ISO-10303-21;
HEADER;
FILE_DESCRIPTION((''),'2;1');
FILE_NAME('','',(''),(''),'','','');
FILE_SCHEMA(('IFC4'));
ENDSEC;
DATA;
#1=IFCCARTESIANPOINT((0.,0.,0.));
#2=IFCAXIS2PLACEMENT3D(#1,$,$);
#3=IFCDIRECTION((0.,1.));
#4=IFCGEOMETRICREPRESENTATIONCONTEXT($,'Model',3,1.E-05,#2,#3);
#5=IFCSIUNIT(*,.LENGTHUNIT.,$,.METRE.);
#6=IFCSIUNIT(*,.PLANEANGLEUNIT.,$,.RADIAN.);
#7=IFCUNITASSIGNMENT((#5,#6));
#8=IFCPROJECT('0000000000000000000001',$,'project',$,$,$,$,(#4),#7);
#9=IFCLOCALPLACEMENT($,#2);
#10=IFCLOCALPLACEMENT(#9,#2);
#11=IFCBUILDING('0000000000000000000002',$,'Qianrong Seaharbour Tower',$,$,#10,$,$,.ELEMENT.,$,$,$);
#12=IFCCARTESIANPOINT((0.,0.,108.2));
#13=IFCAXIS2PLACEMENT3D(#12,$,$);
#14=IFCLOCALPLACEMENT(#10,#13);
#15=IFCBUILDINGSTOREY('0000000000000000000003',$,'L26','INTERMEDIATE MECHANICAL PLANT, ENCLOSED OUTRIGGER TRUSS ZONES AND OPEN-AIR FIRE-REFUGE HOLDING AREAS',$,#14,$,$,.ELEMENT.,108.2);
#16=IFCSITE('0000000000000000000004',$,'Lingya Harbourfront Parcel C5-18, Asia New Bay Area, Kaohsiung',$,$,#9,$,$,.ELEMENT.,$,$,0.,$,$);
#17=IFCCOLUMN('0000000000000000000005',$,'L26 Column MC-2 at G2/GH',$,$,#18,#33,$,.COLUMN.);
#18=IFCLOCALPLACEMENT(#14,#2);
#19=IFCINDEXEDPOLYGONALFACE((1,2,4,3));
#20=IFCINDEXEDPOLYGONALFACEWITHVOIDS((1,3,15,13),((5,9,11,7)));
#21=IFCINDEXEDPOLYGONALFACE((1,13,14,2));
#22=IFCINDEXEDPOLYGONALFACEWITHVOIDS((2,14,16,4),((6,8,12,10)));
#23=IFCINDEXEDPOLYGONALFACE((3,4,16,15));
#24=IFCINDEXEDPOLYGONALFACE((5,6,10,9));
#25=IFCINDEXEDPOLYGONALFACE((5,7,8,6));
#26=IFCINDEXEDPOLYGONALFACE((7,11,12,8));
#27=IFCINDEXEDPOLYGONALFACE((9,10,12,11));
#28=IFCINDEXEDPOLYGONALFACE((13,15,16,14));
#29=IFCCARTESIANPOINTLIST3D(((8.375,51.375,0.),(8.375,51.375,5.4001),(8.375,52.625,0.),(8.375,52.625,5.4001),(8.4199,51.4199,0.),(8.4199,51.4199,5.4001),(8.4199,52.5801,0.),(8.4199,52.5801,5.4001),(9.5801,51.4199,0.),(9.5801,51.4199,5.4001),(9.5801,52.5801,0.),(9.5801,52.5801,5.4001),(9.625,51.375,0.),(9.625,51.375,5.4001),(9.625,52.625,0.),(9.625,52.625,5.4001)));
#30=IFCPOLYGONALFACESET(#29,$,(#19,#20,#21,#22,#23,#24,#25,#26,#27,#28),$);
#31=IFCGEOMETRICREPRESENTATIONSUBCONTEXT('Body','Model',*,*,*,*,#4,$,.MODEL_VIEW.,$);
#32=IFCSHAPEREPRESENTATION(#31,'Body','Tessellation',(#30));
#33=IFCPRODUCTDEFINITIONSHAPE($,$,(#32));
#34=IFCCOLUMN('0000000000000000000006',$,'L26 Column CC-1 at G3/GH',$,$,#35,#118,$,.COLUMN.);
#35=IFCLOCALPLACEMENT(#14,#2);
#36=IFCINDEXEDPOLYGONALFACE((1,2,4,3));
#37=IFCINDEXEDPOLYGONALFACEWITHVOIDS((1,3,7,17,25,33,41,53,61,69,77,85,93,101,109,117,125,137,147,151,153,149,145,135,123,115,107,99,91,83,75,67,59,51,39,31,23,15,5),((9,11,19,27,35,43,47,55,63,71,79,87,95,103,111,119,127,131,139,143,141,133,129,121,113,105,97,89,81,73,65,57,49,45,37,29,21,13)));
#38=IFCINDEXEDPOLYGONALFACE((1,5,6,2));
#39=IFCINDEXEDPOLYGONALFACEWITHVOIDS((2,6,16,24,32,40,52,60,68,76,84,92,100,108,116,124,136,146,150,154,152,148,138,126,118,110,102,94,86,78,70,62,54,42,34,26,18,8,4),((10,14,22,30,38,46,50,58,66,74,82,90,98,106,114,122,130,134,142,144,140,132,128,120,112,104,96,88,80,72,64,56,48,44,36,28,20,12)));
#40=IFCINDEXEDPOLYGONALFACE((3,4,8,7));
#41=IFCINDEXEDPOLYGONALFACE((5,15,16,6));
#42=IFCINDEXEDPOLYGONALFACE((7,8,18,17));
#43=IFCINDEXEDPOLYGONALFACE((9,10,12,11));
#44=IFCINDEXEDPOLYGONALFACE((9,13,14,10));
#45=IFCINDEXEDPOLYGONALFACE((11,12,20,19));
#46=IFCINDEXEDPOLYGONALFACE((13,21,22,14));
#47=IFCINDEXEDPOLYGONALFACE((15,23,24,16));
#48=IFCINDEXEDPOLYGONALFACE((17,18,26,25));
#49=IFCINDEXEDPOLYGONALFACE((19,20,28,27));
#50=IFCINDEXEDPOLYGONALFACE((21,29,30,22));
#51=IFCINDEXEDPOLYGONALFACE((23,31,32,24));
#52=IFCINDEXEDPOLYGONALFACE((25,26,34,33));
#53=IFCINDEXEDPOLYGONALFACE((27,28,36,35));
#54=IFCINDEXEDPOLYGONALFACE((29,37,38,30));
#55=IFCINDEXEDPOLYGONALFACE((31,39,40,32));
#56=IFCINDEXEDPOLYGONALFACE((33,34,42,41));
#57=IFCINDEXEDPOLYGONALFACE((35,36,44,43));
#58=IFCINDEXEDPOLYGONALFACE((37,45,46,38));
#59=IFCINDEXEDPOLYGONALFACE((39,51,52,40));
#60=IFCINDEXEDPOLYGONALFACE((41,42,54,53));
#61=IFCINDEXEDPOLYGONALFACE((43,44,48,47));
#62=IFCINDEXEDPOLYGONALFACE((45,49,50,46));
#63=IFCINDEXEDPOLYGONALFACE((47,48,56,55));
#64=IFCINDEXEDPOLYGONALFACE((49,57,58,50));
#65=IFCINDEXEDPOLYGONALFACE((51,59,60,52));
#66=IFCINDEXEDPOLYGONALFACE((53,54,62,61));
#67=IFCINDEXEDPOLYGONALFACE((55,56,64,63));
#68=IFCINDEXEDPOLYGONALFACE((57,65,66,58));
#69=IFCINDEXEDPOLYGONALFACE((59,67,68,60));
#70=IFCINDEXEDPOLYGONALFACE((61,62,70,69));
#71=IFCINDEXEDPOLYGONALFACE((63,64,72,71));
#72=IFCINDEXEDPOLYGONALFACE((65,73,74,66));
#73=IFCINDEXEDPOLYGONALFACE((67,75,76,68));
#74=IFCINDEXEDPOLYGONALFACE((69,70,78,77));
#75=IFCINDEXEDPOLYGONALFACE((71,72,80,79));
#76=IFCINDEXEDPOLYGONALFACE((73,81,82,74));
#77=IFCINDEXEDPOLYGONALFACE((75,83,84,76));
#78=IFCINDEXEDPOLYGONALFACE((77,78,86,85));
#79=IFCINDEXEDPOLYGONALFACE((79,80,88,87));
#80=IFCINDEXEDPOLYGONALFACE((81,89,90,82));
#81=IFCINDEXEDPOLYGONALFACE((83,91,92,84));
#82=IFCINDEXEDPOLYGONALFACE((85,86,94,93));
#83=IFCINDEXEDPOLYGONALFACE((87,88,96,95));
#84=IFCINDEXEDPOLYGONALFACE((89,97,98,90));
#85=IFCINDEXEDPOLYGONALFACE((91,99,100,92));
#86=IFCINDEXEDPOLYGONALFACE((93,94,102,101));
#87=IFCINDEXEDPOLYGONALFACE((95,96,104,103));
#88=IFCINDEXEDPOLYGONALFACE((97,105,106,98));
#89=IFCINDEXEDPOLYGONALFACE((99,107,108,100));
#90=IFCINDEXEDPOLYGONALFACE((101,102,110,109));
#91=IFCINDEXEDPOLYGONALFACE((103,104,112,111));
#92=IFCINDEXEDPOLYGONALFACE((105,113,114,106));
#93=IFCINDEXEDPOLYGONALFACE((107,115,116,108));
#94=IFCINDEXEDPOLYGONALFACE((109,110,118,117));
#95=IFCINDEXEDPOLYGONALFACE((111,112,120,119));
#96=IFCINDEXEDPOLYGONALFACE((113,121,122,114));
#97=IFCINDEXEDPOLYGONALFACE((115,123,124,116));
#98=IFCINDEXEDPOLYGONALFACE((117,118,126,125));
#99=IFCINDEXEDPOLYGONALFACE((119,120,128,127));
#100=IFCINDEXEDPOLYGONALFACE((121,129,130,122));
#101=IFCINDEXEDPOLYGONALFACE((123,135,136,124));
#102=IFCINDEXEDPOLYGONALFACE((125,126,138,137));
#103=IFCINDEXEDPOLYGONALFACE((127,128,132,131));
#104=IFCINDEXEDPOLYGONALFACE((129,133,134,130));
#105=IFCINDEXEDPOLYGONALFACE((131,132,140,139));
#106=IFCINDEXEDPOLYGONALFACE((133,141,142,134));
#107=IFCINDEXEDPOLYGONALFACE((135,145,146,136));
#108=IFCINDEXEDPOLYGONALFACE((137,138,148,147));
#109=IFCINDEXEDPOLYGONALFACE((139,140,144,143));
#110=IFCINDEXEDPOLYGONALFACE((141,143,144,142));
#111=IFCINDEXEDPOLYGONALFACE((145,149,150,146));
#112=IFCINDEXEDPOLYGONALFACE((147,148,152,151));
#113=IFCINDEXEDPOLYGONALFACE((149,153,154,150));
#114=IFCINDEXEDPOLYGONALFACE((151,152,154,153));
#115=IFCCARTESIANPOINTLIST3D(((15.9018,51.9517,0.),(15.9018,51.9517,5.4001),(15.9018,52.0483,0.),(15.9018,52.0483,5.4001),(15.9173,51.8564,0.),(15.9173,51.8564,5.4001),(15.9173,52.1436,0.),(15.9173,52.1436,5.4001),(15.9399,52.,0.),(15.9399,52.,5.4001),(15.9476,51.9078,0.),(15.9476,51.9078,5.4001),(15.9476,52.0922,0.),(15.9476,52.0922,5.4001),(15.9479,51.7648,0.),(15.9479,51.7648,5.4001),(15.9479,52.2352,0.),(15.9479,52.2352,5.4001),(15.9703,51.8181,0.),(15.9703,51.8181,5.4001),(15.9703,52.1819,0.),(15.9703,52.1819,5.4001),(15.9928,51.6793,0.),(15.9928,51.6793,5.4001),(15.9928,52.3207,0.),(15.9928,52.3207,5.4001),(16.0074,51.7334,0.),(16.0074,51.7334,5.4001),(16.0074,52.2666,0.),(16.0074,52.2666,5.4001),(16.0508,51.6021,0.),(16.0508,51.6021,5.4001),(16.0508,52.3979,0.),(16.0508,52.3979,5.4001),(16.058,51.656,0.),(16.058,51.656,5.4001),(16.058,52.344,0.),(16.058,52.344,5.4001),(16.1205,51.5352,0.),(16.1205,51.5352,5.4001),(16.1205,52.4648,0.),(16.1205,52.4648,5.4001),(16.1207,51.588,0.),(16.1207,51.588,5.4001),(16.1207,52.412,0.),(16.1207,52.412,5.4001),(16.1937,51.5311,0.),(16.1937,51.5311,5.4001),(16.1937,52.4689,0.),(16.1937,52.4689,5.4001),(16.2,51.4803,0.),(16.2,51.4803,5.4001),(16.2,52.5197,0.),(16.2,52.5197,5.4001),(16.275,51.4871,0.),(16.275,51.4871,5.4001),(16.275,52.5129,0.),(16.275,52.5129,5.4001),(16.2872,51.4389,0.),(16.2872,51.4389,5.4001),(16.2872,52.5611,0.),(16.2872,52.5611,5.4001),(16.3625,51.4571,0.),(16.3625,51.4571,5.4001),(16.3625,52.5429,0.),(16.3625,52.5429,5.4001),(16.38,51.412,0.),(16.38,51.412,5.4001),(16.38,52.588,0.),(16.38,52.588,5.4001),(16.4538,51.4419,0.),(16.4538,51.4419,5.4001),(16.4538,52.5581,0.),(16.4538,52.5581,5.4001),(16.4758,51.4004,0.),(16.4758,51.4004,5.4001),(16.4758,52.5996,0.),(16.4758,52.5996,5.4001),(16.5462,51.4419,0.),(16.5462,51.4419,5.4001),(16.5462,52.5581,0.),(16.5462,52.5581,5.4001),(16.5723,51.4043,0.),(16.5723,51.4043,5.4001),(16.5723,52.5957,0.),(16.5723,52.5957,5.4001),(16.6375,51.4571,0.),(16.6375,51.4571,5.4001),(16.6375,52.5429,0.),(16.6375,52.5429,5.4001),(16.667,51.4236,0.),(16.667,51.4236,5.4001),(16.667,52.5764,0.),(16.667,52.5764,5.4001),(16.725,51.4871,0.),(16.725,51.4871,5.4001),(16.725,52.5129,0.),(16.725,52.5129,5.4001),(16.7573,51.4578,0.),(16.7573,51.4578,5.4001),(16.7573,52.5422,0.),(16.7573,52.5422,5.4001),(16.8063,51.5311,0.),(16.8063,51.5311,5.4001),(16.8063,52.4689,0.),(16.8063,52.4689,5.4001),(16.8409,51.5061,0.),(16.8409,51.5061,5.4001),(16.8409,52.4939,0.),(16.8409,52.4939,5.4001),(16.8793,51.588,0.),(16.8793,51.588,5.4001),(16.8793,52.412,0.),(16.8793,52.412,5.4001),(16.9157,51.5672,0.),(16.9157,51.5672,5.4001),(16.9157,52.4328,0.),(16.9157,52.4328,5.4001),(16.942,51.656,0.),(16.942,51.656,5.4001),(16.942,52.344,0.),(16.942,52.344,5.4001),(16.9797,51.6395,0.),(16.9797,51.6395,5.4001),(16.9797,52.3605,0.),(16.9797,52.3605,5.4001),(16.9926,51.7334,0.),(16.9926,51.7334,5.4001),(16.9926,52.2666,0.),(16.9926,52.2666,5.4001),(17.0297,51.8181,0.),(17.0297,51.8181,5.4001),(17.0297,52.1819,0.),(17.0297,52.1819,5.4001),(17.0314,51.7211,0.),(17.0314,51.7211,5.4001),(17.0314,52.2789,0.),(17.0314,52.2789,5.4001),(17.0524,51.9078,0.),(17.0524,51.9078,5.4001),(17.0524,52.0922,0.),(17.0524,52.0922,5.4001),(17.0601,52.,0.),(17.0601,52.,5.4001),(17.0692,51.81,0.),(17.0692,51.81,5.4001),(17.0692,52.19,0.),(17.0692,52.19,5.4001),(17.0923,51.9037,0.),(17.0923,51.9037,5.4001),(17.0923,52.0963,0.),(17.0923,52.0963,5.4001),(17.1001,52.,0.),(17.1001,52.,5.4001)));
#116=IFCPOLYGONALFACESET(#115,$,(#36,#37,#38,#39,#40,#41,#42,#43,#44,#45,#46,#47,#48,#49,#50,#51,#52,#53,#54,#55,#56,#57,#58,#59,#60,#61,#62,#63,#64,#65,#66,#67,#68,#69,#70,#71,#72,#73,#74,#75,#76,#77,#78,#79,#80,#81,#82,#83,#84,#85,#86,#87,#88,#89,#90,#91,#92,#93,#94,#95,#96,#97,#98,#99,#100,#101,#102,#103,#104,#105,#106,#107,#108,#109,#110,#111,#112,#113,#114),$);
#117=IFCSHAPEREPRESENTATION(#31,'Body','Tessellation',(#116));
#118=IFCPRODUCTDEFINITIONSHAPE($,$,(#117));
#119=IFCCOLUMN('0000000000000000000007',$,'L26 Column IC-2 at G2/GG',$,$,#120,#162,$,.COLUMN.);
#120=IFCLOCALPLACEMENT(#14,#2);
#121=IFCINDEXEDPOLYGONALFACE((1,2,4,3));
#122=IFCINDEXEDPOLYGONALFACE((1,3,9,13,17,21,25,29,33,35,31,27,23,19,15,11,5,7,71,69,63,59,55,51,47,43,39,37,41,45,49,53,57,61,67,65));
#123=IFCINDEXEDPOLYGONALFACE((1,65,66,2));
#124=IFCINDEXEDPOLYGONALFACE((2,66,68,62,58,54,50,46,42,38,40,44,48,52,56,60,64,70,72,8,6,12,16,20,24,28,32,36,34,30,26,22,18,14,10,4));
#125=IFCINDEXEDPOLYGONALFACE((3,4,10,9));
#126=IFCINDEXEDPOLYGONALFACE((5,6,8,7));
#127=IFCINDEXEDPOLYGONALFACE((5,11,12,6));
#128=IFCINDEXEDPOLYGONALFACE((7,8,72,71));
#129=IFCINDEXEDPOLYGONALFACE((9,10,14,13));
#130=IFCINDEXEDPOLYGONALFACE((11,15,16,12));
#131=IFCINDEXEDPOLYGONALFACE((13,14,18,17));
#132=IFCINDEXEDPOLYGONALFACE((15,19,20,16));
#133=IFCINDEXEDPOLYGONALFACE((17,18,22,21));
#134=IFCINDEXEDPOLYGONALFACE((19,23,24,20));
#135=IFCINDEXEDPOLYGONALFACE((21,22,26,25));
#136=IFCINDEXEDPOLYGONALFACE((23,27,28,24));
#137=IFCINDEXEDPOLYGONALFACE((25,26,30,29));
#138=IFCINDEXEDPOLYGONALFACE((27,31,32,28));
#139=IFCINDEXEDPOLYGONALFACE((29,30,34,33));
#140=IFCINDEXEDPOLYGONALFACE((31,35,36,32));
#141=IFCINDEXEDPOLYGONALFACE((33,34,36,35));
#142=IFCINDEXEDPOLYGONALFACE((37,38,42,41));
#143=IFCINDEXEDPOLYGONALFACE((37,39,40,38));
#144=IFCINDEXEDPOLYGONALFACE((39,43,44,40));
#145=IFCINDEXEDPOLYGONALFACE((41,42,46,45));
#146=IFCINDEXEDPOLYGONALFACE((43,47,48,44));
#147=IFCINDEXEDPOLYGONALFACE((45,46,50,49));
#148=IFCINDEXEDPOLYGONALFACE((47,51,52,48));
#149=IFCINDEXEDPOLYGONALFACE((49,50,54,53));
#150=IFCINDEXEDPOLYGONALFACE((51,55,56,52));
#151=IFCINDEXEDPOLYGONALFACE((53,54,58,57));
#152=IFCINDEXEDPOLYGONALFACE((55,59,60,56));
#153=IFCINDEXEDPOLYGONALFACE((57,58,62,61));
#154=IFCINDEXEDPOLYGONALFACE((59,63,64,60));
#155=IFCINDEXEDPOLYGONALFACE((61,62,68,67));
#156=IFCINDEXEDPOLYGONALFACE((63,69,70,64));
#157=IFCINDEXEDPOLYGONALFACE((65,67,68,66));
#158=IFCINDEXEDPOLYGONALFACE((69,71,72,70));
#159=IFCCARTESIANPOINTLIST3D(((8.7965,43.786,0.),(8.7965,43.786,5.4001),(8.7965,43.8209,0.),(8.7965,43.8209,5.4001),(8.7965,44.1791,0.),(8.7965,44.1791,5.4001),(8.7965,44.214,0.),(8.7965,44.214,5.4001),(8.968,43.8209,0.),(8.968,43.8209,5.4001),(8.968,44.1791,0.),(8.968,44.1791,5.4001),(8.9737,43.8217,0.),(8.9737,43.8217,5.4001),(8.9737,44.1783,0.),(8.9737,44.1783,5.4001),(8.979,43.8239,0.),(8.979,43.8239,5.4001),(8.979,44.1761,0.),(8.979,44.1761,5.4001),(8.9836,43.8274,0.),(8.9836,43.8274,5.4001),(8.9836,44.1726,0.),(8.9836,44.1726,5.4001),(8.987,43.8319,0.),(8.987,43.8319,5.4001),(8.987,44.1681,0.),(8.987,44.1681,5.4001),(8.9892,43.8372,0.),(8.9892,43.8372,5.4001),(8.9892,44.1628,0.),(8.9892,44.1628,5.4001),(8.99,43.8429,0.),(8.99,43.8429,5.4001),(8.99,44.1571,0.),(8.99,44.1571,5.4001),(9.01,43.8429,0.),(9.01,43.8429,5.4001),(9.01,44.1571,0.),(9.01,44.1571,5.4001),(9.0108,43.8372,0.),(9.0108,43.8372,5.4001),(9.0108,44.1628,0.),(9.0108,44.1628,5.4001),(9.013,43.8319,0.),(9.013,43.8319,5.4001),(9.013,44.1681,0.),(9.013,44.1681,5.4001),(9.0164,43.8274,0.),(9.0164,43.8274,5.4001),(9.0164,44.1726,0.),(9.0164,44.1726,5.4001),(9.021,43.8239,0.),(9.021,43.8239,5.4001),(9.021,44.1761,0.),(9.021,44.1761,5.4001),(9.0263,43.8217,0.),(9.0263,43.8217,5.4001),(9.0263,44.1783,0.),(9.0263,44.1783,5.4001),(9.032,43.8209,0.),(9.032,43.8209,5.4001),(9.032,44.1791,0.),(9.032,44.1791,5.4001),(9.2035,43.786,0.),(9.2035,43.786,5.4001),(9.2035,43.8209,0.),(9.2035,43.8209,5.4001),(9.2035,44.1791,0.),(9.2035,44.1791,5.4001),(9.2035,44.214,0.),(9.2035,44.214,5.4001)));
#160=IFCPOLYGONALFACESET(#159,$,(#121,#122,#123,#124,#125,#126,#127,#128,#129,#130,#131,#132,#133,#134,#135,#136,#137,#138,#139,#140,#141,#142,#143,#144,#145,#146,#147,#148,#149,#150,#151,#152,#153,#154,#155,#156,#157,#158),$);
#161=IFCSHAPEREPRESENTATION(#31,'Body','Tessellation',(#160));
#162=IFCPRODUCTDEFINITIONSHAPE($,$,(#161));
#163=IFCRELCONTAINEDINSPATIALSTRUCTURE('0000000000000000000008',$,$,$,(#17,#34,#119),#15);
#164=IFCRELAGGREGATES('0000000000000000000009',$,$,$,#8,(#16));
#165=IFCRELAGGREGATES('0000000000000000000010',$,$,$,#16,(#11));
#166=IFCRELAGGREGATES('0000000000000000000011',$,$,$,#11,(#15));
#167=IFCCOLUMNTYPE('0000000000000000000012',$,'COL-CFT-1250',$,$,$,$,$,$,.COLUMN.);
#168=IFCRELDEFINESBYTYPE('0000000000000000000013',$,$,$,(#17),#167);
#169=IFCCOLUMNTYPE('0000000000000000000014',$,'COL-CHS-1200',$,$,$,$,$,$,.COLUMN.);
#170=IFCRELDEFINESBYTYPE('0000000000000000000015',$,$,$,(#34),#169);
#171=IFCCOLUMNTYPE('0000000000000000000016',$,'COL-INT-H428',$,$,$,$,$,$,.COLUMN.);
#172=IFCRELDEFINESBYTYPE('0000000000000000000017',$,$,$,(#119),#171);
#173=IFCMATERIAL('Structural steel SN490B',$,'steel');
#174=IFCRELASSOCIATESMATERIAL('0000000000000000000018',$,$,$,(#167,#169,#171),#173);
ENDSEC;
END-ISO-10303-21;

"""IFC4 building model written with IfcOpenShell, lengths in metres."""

from ifc_helpers import new_model, si_unit, direction, frame, origin, origin_2d, place, context, subcontext, project, spatial, hollow_rectangle, hollow_circle, i_section, extrude, material, material_profile, profile_set, type_object, element, save


model = new_model("IFC4")

# Units and contexts
model_context = context("Model", 3, precision=1e-05, world=origin(), true_north=direction((0.0, 1.0)))
body_context = subcontext(model_context, "Body", "Model", "MODEL_VIEW")
ifc_project = project(units=[si_unit("LENGTHUNIT", "METRE"), si_unit("PLANEANGLEUNIT", "RADIAN")], contexts=[model_context])

# Site, building, storey
site_placement = place(None, origin())
site = spatial("IfcSite", under=ifc_project, at=site_placement, Name="Lingya Harbourfront Parcel C5-18, Asia New Bay Area, Kaohsiung", CompositionType="ELEMENT", RefElevation=0.0)
building_placement = place(site_placement, origin())
building = spatial("IfcBuilding", under=site, at=building_placement, Name="Qianrong Seaharbour Tower", CompositionType="ELEMENT")
storey_placement = place(building_placement, frame((0.0, 0.0, 108.2)))
storey = spatial("IfcBuildingStorey", under=building, at=storey_placement, Name="L26", Description="INTERMEDIATE MECHANICAL PLANT, ENCLOSED OUTRIGGER TRUSS ZONES AND OPEN-AIR FIRE-REFUGE HOLDING AREAS", CompositionType="ELEMENT", Elevation=108.2)

# Columns
ifc_material_1 = material(Name="Structural steel SN490B", Category="steel")
ifc_material_profile_1 = material_profile(ifc_material_1, hollow_rectangle(XDim=1.25, YDim=1.25, WallThickness=0.0449, at=origin_2d()), Name="BOX1250x1250x45")
ifc_profile_set_1 = profile_set([ifc_material_profile_1], Name="Structural steel SN490B")
column_type_1 = type_object("IfcColumnType", Name="COL-CFT-1250", PredefinedType="COLUMN", material=ifc_profile_set_1)
column_1_placement = place(storey_placement, frame((9.0, 52.0, 0.0), z_axis=(0.0, 0.0, 1.0), x_axis=(1.0, 0.0, 0.0)))
element("IfcColumn", 1, at=column_1_placement, inside=storey, type_object=column_type_1, Name="L26 Column MC-2 at G2/GH", PredefinedType="COLUMN", context=body_context, shape_type="SweptSolid", body=[
    extrude(hollow_rectangle(XDim=1.25, YDim=1.25, WallThickness=0.0449, at=origin_2d()), origin(), (0.0, 0.0, 1.0), 5.4001),
])
ifc_material_profile_2 = material_profile(ifc_material_1, hollow_circle(Radius=0.6001, WallThickness=0.04, at=origin_2d()), Name="CHS1200x40")
ifc_profile_set_2 = profile_set([ifc_material_profile_2], Name="Structural steel SN490B")
column_type_2 = type_object("IfcColumnType", Name="COL-CHS-1200", PredefinedType="COLUMN", material=ifc_profile_set_2)
column_2_placement = place(storey_placement, frame((16.5, 52.0, 0.0), z_axis=(0.0, 0.0, 1.0), x_axis=(1.0, 0.0, 0.0)))
element("IfcColumn", 2, at=column_2_placement, inside=storey, type_object=column_type_2, Name="L26 Column CC-1 at G3/GH", PredefinedType="COLUMN", context=body_context, shape_type="SweptSolid", body=[
    extrude(hollow_circle(Radius=0.6001, WallThickness=0.04, at=origin_2d()), origin(), (0.0, 0.0, 1.0), 5.4001),
])
ifc_material_profile_3 = material_profile(ifc_material_1, i_section(OverallWidth=0.407, OverallDepth=0.428, WebThickness=0.02, FlangeThickness=0.0349, FilletRadius=0.022, at=origin_2d()), Name="H428x407x20x35")
ifc_profile_set_3 = profile_set([ifc_material_profile_3], Name="Structural steel SN490B")
column_type_3 = type_object("IfcColumnType", Name="COL-INT-H428", PredefinedType="COLUMN", material=ifc_profile_set_3)
for number, where, z_axis, x_axis, name in (
    (3, (9.0, 44.0, 0.0), (0.0, 0.0, 1.0), (1.0, 0.0, 0.0), "L26 Column IC-2 at G2/GG"),
):
    element("IfcColumn", number, at=place(storey_placement, frame(where, z_axis=z_axis, x_axis=x_axis)), inside=storey, type_object=column_type_3, Name=name, PredefinedType="COLUMN", context=body_context, shape_type="SweptSolid", body=[
        extrude(i_section(OverallWidth=0.407, OverallDepth=0.428, WebThickness=0.02, FlangeThickness=0.0349, FilletRadius=0.022, at=origin_2d()), origin(), (0.0, 0.0, 1.0), 5.4001),
    ])

save(model, "model.ifc")
